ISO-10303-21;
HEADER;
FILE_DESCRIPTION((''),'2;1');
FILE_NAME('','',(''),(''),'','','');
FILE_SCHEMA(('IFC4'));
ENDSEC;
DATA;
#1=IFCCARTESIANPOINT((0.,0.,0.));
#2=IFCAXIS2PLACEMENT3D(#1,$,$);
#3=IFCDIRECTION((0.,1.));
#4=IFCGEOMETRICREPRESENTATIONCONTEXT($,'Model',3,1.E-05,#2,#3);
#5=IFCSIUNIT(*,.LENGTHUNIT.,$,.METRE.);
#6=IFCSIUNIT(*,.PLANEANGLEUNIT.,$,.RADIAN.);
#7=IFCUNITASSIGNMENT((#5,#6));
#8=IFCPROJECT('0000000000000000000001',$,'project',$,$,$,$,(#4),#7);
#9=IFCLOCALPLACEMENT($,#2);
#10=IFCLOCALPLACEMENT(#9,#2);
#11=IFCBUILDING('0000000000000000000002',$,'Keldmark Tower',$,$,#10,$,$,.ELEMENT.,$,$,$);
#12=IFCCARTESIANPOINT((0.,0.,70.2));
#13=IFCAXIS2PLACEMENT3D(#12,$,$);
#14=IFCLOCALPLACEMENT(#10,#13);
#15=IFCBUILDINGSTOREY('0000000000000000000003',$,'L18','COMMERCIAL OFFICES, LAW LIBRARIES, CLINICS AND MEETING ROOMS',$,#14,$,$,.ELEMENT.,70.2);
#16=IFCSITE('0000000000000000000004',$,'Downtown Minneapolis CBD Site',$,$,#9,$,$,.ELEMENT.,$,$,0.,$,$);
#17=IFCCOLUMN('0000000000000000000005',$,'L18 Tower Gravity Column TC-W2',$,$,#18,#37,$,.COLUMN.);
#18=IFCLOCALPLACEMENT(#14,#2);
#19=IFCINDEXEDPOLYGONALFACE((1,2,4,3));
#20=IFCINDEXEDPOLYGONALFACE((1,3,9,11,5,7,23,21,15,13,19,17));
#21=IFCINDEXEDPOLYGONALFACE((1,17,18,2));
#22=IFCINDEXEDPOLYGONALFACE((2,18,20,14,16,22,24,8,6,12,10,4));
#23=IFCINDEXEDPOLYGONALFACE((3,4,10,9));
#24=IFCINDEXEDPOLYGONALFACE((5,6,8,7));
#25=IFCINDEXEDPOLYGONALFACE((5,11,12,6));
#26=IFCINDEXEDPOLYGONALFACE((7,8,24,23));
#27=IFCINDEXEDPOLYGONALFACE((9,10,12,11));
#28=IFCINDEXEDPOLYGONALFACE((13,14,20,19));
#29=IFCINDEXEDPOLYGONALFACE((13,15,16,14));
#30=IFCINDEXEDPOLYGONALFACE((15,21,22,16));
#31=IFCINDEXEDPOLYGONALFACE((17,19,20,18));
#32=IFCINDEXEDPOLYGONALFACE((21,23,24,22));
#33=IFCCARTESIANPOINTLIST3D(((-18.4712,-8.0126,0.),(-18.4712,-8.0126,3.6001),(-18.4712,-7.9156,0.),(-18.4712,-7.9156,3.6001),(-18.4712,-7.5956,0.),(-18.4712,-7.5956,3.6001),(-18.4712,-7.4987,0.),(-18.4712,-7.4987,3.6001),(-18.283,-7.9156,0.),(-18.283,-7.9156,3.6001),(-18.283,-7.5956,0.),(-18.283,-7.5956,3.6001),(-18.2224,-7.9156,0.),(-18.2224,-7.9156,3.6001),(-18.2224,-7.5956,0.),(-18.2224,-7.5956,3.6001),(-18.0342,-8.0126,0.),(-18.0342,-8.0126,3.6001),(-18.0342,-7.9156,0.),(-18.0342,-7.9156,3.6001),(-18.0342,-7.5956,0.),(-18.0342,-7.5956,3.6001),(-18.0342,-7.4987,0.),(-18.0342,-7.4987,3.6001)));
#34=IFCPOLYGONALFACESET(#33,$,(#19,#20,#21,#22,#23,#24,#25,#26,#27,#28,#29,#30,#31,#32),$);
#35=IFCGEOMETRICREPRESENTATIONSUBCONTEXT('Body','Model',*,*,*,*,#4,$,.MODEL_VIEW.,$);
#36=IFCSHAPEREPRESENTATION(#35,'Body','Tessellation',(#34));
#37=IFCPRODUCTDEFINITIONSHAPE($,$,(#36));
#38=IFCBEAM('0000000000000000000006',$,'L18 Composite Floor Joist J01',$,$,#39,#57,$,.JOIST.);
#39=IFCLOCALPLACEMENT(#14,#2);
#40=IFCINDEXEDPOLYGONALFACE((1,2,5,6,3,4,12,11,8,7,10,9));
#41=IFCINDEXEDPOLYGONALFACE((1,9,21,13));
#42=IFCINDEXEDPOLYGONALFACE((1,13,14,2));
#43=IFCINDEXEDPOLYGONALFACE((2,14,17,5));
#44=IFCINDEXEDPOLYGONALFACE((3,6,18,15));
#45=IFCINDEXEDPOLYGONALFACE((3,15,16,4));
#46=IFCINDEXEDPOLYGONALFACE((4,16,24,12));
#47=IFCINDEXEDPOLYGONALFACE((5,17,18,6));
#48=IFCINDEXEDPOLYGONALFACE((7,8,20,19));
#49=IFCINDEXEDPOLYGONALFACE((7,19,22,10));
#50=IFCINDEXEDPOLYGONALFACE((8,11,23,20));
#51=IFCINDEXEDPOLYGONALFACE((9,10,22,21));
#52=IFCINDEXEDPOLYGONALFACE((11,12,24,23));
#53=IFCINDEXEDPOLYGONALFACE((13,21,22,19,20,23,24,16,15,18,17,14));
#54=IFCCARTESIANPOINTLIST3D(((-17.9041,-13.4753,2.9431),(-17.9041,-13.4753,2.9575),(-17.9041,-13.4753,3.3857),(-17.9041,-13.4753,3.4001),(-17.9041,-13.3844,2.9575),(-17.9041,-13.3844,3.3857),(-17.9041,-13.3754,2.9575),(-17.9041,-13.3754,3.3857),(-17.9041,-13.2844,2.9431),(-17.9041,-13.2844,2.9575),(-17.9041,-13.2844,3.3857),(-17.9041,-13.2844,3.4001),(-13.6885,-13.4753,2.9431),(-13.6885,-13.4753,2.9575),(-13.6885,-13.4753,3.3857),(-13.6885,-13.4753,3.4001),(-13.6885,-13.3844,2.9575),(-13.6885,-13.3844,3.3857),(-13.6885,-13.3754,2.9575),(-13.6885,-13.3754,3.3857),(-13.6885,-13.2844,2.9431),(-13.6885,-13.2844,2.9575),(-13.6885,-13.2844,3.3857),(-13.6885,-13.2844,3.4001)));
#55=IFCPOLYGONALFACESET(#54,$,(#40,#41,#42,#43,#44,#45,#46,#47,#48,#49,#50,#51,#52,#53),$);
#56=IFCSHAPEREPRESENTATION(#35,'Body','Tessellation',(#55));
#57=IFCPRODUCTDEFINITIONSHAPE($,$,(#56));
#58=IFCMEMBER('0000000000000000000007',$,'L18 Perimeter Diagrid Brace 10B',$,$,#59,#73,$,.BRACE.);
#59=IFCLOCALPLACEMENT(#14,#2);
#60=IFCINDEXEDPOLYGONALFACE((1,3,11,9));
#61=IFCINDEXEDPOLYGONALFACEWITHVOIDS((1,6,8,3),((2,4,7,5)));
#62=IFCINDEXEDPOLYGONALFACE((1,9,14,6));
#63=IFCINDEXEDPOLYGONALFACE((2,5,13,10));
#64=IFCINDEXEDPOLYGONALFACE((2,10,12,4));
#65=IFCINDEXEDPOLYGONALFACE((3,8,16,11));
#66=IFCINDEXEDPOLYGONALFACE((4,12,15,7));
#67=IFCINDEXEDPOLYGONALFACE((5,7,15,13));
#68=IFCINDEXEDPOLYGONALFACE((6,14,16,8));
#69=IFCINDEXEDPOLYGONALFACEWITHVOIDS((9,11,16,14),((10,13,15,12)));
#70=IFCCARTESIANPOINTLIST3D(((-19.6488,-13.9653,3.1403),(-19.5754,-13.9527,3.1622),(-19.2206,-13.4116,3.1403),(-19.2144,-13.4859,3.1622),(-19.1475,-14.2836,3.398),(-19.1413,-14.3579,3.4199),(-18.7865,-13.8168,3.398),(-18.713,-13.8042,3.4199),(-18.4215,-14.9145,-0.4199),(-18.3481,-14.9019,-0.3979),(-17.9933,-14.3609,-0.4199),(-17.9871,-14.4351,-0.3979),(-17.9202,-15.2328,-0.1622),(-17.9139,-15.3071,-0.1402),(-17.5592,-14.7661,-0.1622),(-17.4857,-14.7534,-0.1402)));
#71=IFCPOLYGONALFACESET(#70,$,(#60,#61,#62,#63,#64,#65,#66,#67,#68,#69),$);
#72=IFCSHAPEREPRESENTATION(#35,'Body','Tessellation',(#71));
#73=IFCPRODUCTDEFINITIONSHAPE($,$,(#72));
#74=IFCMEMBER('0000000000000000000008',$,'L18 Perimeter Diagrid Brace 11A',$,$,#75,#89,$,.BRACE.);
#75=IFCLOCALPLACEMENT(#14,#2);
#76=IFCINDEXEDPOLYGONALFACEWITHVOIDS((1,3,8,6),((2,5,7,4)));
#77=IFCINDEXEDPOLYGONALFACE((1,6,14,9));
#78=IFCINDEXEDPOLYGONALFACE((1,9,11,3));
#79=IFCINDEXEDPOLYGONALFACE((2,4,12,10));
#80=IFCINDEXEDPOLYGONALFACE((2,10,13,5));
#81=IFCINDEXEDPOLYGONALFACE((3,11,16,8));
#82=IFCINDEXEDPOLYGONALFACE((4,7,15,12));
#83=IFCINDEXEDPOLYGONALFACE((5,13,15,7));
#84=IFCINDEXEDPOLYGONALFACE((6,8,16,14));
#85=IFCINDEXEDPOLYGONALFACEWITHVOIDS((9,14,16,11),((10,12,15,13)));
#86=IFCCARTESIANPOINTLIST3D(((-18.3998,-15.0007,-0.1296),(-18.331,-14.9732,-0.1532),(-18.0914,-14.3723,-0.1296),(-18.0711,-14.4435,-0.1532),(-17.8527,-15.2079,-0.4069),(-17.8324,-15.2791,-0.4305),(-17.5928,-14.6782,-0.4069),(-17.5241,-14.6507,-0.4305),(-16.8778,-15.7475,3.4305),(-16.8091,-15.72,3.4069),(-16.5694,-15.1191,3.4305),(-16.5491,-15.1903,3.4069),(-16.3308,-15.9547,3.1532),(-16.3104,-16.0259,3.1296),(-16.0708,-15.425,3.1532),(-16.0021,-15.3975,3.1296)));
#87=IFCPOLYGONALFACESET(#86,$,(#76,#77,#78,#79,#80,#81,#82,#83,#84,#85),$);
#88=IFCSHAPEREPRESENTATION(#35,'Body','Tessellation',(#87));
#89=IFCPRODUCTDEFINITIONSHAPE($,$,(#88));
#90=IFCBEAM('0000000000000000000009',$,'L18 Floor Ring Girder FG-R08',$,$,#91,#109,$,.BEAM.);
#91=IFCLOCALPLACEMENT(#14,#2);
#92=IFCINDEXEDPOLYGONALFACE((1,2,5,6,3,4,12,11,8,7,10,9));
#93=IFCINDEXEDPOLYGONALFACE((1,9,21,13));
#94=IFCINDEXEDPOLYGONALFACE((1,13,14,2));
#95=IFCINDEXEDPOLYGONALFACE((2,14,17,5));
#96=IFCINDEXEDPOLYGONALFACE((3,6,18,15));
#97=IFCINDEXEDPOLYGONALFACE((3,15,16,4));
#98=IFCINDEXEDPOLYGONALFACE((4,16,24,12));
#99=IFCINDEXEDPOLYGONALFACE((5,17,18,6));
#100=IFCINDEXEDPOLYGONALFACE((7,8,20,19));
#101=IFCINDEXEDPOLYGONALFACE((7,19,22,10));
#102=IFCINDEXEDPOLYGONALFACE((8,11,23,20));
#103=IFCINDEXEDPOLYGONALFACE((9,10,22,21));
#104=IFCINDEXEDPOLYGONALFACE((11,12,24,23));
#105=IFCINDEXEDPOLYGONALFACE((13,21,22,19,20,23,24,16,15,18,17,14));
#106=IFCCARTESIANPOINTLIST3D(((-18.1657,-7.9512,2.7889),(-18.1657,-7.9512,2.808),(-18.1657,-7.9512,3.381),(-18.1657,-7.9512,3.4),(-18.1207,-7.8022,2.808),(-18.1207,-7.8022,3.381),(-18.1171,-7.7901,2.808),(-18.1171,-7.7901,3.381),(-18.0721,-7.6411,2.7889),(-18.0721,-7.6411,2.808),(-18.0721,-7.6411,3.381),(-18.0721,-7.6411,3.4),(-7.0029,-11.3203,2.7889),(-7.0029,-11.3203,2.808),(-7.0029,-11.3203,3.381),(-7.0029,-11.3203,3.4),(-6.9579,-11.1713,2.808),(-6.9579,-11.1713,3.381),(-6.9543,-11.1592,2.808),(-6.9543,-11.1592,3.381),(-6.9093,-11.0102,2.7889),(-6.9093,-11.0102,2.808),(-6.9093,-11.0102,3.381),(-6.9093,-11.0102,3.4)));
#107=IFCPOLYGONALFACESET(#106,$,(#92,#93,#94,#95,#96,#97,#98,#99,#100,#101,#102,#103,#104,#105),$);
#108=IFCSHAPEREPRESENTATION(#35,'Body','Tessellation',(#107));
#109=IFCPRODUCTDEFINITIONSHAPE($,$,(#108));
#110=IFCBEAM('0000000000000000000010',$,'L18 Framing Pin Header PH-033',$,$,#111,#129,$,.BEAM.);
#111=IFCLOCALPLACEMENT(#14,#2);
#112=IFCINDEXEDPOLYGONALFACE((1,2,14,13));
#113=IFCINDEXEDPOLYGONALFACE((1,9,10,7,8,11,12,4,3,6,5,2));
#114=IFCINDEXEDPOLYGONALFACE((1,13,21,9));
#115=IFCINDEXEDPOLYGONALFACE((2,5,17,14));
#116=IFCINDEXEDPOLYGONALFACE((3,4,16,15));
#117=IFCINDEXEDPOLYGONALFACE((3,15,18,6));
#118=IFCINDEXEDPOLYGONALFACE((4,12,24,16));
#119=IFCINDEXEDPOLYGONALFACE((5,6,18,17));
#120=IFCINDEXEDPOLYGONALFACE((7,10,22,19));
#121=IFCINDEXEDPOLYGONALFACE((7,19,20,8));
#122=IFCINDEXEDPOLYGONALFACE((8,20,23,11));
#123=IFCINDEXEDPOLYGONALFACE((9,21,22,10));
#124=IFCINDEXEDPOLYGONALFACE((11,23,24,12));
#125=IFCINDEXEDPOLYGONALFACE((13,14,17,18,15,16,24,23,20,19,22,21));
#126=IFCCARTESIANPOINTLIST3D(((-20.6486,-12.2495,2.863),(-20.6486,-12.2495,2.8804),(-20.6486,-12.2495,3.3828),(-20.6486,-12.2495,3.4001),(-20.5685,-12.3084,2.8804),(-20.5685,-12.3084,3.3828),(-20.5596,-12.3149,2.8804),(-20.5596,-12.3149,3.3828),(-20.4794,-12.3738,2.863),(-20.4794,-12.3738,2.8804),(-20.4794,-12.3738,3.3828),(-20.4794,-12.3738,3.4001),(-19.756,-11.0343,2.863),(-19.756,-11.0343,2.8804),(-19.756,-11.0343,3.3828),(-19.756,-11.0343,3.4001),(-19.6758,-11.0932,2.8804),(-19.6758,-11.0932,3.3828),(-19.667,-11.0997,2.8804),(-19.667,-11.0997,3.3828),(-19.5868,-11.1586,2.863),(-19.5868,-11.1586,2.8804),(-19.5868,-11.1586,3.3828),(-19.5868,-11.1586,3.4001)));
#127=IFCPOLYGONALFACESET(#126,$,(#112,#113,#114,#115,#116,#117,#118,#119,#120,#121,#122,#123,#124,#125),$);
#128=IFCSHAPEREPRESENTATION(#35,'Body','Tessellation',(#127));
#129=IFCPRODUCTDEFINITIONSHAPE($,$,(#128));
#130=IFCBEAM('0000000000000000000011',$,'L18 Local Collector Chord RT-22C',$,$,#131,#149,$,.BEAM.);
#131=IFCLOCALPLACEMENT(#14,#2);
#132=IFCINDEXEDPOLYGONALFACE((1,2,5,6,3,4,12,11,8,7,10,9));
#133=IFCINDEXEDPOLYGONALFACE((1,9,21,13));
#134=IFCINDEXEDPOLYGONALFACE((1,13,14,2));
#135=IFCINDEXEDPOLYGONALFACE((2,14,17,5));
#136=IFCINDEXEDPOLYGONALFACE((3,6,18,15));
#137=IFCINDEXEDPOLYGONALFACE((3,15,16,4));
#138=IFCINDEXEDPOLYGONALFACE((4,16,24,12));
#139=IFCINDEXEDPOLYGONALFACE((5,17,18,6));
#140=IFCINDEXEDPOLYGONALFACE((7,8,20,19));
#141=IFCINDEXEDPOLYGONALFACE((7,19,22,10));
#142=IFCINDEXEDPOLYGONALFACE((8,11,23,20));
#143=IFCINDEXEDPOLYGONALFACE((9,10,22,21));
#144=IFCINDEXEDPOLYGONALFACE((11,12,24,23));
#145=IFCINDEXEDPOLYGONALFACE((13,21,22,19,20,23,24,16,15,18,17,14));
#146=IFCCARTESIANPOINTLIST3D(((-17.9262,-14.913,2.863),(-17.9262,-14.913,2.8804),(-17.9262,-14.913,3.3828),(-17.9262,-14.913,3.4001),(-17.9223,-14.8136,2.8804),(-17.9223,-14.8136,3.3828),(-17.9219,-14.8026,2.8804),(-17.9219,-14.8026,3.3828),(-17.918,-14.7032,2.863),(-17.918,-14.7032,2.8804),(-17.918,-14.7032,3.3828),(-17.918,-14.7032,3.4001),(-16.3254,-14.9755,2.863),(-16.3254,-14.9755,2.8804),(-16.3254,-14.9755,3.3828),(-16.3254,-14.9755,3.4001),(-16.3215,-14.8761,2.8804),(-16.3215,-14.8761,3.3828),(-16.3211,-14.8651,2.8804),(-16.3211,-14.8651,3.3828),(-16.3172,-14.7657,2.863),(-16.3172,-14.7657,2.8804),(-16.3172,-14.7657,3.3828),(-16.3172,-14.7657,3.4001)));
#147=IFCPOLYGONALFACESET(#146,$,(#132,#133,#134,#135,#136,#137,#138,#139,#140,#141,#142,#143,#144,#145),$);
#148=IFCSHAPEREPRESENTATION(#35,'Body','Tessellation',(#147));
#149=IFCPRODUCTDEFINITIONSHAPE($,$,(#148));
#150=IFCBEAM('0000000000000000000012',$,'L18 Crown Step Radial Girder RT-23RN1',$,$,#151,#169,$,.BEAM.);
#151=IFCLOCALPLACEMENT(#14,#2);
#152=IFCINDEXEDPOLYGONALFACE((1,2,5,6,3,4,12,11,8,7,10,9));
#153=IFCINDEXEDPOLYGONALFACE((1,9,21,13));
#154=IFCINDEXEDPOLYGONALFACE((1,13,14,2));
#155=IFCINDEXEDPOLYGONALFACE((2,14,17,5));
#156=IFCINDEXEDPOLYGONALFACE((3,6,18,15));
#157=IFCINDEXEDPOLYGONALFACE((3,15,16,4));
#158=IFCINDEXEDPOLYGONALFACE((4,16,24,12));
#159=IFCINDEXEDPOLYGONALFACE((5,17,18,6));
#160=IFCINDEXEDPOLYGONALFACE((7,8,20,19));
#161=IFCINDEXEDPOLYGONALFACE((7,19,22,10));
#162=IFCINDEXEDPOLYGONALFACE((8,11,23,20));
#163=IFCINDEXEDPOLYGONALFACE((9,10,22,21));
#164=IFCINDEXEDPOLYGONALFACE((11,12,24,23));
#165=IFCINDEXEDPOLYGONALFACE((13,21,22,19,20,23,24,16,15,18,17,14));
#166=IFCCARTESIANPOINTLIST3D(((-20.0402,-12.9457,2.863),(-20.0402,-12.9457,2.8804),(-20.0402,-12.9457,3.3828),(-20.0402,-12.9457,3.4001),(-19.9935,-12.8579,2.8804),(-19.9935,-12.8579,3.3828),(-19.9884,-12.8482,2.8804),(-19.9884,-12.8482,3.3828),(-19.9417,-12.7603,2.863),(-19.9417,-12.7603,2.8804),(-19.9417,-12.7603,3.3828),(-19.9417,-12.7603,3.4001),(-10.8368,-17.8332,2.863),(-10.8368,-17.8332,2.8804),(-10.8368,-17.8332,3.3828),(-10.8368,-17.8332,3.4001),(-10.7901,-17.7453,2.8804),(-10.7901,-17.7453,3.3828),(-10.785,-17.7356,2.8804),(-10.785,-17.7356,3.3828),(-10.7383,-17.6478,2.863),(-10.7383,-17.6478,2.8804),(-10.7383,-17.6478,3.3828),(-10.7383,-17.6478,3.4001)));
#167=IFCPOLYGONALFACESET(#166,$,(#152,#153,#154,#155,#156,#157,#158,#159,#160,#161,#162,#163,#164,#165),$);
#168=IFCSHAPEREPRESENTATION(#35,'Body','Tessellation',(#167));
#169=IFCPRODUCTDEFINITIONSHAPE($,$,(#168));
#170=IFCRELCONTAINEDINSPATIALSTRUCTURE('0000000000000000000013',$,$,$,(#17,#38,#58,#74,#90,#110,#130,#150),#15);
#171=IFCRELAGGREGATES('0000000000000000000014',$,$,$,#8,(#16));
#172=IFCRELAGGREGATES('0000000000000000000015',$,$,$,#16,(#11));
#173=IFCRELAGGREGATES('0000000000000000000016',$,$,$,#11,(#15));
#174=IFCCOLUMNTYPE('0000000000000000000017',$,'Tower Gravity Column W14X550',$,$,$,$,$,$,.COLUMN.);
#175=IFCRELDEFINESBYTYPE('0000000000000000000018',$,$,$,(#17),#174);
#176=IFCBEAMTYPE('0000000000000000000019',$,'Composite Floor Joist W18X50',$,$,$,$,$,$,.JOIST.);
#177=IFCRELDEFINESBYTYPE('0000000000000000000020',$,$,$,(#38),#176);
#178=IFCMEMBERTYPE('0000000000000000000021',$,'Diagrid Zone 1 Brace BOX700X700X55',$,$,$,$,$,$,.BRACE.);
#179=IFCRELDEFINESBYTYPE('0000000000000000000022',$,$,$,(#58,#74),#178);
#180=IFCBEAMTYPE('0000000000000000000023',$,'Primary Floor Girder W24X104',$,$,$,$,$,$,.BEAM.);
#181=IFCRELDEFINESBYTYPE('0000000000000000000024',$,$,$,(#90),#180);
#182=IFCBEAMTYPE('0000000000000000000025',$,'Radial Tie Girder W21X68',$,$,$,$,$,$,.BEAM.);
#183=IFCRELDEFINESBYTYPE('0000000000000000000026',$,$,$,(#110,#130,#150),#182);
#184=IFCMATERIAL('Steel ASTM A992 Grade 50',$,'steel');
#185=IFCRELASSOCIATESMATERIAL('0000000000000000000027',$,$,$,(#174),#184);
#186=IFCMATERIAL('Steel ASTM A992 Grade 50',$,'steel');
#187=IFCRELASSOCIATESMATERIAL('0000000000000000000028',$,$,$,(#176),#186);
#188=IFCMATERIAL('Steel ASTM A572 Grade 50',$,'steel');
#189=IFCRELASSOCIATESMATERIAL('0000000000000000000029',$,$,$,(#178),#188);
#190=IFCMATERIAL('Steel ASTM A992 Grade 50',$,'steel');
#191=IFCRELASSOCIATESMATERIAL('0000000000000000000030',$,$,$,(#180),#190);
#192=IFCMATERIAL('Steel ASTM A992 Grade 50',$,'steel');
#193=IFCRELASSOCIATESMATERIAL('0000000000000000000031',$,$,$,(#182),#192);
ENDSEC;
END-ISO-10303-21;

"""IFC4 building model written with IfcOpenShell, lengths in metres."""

from ifc_helpers import new_model, si_unit, direction, frame, origin, origin_2d, place, context, subcontext, project, spatial, hollow_rectangle, i_section, extrude, material, material_profile, profile_set, type_object, element, save


model = new_model("IFC4")

# Units and contexts
model_context = context("Model", 3, precision=1e-05, world=origin(), true_north=direction((0.0, 1.0)))
body_context = subcontext(model_context, "Body", "Model", "MODEL_VIEW")
ifc_project = project(units=[si_unit("LENGTHUNIT", "METRE"), si_unit("PLANEANGLEUNIT", "RADIAN")], contexts=[model_context])

# Site, building, storey
site_placement = place(None, origin())
site = spatial("IfcSite", under=ifc_project, at=site_placement, Name="Downtown Minneapolis CBD Site", CompositionType="ELEMENT", RefElevation=0.0)
building_placement = place(site_placement, origin())
building = spatial("IfcBuilding", under=site, at=building_placement, Name="Keldmark Tower", CompositionType="ELEMENT")
storey_placement = place(building_placement, frame((0.0, 0.0, 70.2)))
storey = spatial("IfcBuildingStorey", under=building, at=storey_placement, Name="L18", Description="COMMERCIAL OFFICES, LAW LIBRARIES, CLINICS AND MEETING ROOMS", CompositionType="ELEMENT", Elevation=70.2)

# Column
ifc_material_1 = material(Name="Steel ASTM A992 Grade 50", Category="steel")
ifc_material_profile_1 = material_profile(ifc_material_1, i_section(OverallWidth=0.437, OverallDepth=0.5139, WebThickness=0.0605, FlangeThickness=0.0969, at=origin_2d()), Name="W14X550")
ifc_profile_set_1 = profile_set([ifc_material_profile_1], Name="Steel ASTM A992 Grade 50")
column_type = type_object("IfcColumnType", Name="Tower Gravity Column W14X550", PredefinedType="COLUMN", material=ifc_profile_set_1)
column_placement = place(storey_placement, frame((-18.2527, -7.7556, 0.0), z_axis=(0.0, 0.0, 1.0), x_axis=(1.0, 0.0, 0.0)))
element("IfcColumn", 1, at=column_placement, inside=storey, type_object=column_type, Name="L18 Tower Gravity Column TC-W2", PredefinedType="COLUMN", context=body_context, shape_type="SweptSolid", body=[
    extrude(i_section(OverallWidth=0.437, OverallDepth=0.5139, WebThickness=0.0605, FlangeThickness=0.0969, at=origin_2d()), origin(), (0.0, 0.0, 1.0), 3.6001),
])

# Beam
ifc_material_2 = material(Name="Steel ASTM A992 Grade 50", Category="steel")
ifc_material_profile_2 = material_profile(ifc_material_2, i_section(OverallWidth=0.1909, OverallDepth=0.457, WebThickness=0.009, FlangeThickness=0.0144, at=origin_2d()), Name="W18X50")
ifc_profile_set_2 = profile_set([ifc_material_profile_2], Name="Steel ASTM A992 Grade 50")
beam_type_1 = type_object("IfcBeamType", Name="Composite Floor Joist W18X50", PredefinedType="JOIST", material=ifc_profile_set_2)
beam_1_placement = place(storey_placement, frame((-17.9041, -13.3799, 3.1716), z_axis=(1.0, 0.0, 0.0), x_axis=(0.0, 1.0, 0.0)))
element("IfcBeam", 2, at=beam_1_placement, inside=storey, type_object=beam_type_1, Name="L18 Composite Floor Joist J01", PredefinedType="JOIST", context=body_context, shape_type="SweptSolid", body=[
    extrude(i_section(OverallWidth=0.1909, OverallDepth=0.457, WebThickness=0.009, FlangeThickness=0.0144, at=origin_2d()), origin(), (0.0, 0.0, 1.0), 4.2156),
])

# Members
ifc_material_3 = material(Name="Steel ASTM A572 Grade 50", Category="steel")
ifc_material_profile_3 = material_profile(ifc_material_3, hollow_rectangle(XDim=0.7, YDim=0.7, WallThickness=0.0549, at=origin_2d()), Name="BOX700X700X55")
ifc_profile_set_3 = profile_set([ifc_material_profile_3], Name="Steel ASTM A572 Grade 50")
member_type = type_object("IfcMemberType", Name="Diagrid Zone 1 Brace BOX700X700X55", PredefinedType="BRACE", material=ifc_profile_set_3)
member_1_placement = place(storey_placement, frame((-17.9536, -14.834, -0.28), z_axis=(-0.316031, 0.244426, 0.916723), x_axis=(-0.611792, -0.791018, 0.0)))
element("IfcMember", 3, at=member_1_placement, inside=storey, type_object=member_type, Name="L18 Perimeter Diagrid Brace 10B", PredefinedType="BRACE", context=body_context, shape_type="SweptSolid", body=[
    extrude(hollow_rectangle(XDim=0.7, YDim=0.7, WallThickness=0.0549, at=origin_2d()), origin(), (0.0, 0.0, 1.0), 3.8835),
])
member_2_placement = place(storey_placement, frame((-17.9619, -14.8257, -0.28), z_axis=(0.385982, -0.1894, 0.902854), x_axis=(0.440519, 0.897743, 0.0)))
element("IfcMember", 4, at=member_2_placement, inside=storey, type_object=member_type, Name="L18 Perimeter Diagrid Brace 11A", PredefinedType="BRACE", context=body_context, shape_type="SweptSolid", body=[
    extrude(hollow_rectangle(XDim=0.7, YDim=0.7, WallThickness=0.0549, at=origin_2d()), origin(), (0.0, 0.0, 1.0), 3.9431),
])

# Beams
ifc_material_4 = material(Name="Steel ASTM A992 Grade 50", Category="steel")
ifc_material_profile_4 = material_profile(ifc_material_4, i_section(OverallWidth=0.324, OverallDepth=0.6111, WebThickness=0.0127, FlangeThickness=0.019, at=origin_2d()), Name="W24X104")
ifc_profile_set_4 = profile_set([ifc_material_profile_4], Name="Steel ASTM A992 Grade 50")
beam_type_2 = type_object("IfcBeamType", Name="Primary Floor Girder W24X104", PredefinedType="BEAM", material=ifc_profile_set_4)
beam_2_placement = place(storey_placement, frame((-18.1189, -7.7961, 3.0945), z_axis=(0.957346, -0.288944, 0.0), x_axis=(0.288944, 0.957346, 0.0)))
element("IfcBeam", 5, at=beam_2_placement, inside=storey, type_object=beam_type_2, Name="L18 Floor Ring Girder FG-R08", PredefinedType="BEAM", context=body_context, shape_type="SweptSolid", body=[
    extrude(i_section(OverallWidth=0.324, OverallDepth=0.6111, WebThickness=0.0127, FlangeThickness=0.019, at=origin_2d()), origin(), (0.0, 0.0, 1.0), 11.6602),
])
ifc_material_5 = material(Name="Steel ASTM A992 Grade 50", Category="steel")
ifc_material_profile_5 = material_profile(ifc_material_5, i_section(OverallWidth=0.21, OverallDepth=0.5371, WebThickness=0.011, FlangeThickness=0.0173, at=origin_2d()), Name="W21X68")
ifc_profile_set_5 = profile_set([ifc_material_profile_5], Name="Steel ASTM A992 Grade 50")
beam_type_3 = type_object("IfcBeamType", Name="Radial Tie Girder W21X68", PredefinedType="BEAM", material=ifc_profile_set_5)
beam_3_placement = place(storey_placement, frame((-19.6714, -11.0964, 3.1316), z_axis=(-0.592016, -0.805926, 0.0), x_axis=(0.805926, -0.592016, 0.0)))
element("IfcBeam", 6, at=beam_3_placement, inside=storey, type_object=beam_type_3, Name="L18 Framing Pin Header PH-033", PredefinedType="BEAM", context=body_context, shape_type="SweptSolid", body=[
    extrude(i_section(OverallWidth=0.21, OverallDepth=0.5371, WebThickness=0.011, FlangeThickness=0.0173, at=origin_2d()), origin(), (0.0, 0.0, 1.0), 1.5078),
])
beam_4_placement = place(storey_placement, frame((-17.9221, -14.8081, 3.1316), z_axis=(0.999239, -0.039013, 0.0), x_axis=(0.039013, 0.999239, 0.0)))
element("IfcBeam", 7, at=beam_4_placement, inside=storey, type_object=beam_type_3, Name="L18 Local Collector Chord RT-22C", PredefinedType="BEAM", context=body_context, shape_type="SweptSolid", body=[
    extrude(i_section(OverallWidth=0.21, OverallDepth=0.5371, WebThickness=0.011, FlangeThickness=0.0173, at=origin_2d()), origin(), (0.0, 0.0, 1.0), 1.6021),
])
beam_5_placement = place(storey_placement, frame((-19.991, -12.853, 3.1316), z_axis=(0.883189, -0.469018, 0.0), x_axis=(0.469018, 0.883189, 0.0)))
element("IfcBeam", 8, at=beam_5_placement, inside=storey, type_object=beam_type_3, Name="L18 Crown Step Radial Girder RT-23RN1", PredefinedType="BEAM", context=body_context, shape_type="SweptSolid", body=[
    extrude(i_section(OverallWidth=0.21, OverallDepth=0.5371, WebThickness=0.011, FlangeThickness=0.0173, at=origin_2d()), origin(), (0.0, 0.0, 1.0), 10.4207),
])

save(model, "model.ifc")
